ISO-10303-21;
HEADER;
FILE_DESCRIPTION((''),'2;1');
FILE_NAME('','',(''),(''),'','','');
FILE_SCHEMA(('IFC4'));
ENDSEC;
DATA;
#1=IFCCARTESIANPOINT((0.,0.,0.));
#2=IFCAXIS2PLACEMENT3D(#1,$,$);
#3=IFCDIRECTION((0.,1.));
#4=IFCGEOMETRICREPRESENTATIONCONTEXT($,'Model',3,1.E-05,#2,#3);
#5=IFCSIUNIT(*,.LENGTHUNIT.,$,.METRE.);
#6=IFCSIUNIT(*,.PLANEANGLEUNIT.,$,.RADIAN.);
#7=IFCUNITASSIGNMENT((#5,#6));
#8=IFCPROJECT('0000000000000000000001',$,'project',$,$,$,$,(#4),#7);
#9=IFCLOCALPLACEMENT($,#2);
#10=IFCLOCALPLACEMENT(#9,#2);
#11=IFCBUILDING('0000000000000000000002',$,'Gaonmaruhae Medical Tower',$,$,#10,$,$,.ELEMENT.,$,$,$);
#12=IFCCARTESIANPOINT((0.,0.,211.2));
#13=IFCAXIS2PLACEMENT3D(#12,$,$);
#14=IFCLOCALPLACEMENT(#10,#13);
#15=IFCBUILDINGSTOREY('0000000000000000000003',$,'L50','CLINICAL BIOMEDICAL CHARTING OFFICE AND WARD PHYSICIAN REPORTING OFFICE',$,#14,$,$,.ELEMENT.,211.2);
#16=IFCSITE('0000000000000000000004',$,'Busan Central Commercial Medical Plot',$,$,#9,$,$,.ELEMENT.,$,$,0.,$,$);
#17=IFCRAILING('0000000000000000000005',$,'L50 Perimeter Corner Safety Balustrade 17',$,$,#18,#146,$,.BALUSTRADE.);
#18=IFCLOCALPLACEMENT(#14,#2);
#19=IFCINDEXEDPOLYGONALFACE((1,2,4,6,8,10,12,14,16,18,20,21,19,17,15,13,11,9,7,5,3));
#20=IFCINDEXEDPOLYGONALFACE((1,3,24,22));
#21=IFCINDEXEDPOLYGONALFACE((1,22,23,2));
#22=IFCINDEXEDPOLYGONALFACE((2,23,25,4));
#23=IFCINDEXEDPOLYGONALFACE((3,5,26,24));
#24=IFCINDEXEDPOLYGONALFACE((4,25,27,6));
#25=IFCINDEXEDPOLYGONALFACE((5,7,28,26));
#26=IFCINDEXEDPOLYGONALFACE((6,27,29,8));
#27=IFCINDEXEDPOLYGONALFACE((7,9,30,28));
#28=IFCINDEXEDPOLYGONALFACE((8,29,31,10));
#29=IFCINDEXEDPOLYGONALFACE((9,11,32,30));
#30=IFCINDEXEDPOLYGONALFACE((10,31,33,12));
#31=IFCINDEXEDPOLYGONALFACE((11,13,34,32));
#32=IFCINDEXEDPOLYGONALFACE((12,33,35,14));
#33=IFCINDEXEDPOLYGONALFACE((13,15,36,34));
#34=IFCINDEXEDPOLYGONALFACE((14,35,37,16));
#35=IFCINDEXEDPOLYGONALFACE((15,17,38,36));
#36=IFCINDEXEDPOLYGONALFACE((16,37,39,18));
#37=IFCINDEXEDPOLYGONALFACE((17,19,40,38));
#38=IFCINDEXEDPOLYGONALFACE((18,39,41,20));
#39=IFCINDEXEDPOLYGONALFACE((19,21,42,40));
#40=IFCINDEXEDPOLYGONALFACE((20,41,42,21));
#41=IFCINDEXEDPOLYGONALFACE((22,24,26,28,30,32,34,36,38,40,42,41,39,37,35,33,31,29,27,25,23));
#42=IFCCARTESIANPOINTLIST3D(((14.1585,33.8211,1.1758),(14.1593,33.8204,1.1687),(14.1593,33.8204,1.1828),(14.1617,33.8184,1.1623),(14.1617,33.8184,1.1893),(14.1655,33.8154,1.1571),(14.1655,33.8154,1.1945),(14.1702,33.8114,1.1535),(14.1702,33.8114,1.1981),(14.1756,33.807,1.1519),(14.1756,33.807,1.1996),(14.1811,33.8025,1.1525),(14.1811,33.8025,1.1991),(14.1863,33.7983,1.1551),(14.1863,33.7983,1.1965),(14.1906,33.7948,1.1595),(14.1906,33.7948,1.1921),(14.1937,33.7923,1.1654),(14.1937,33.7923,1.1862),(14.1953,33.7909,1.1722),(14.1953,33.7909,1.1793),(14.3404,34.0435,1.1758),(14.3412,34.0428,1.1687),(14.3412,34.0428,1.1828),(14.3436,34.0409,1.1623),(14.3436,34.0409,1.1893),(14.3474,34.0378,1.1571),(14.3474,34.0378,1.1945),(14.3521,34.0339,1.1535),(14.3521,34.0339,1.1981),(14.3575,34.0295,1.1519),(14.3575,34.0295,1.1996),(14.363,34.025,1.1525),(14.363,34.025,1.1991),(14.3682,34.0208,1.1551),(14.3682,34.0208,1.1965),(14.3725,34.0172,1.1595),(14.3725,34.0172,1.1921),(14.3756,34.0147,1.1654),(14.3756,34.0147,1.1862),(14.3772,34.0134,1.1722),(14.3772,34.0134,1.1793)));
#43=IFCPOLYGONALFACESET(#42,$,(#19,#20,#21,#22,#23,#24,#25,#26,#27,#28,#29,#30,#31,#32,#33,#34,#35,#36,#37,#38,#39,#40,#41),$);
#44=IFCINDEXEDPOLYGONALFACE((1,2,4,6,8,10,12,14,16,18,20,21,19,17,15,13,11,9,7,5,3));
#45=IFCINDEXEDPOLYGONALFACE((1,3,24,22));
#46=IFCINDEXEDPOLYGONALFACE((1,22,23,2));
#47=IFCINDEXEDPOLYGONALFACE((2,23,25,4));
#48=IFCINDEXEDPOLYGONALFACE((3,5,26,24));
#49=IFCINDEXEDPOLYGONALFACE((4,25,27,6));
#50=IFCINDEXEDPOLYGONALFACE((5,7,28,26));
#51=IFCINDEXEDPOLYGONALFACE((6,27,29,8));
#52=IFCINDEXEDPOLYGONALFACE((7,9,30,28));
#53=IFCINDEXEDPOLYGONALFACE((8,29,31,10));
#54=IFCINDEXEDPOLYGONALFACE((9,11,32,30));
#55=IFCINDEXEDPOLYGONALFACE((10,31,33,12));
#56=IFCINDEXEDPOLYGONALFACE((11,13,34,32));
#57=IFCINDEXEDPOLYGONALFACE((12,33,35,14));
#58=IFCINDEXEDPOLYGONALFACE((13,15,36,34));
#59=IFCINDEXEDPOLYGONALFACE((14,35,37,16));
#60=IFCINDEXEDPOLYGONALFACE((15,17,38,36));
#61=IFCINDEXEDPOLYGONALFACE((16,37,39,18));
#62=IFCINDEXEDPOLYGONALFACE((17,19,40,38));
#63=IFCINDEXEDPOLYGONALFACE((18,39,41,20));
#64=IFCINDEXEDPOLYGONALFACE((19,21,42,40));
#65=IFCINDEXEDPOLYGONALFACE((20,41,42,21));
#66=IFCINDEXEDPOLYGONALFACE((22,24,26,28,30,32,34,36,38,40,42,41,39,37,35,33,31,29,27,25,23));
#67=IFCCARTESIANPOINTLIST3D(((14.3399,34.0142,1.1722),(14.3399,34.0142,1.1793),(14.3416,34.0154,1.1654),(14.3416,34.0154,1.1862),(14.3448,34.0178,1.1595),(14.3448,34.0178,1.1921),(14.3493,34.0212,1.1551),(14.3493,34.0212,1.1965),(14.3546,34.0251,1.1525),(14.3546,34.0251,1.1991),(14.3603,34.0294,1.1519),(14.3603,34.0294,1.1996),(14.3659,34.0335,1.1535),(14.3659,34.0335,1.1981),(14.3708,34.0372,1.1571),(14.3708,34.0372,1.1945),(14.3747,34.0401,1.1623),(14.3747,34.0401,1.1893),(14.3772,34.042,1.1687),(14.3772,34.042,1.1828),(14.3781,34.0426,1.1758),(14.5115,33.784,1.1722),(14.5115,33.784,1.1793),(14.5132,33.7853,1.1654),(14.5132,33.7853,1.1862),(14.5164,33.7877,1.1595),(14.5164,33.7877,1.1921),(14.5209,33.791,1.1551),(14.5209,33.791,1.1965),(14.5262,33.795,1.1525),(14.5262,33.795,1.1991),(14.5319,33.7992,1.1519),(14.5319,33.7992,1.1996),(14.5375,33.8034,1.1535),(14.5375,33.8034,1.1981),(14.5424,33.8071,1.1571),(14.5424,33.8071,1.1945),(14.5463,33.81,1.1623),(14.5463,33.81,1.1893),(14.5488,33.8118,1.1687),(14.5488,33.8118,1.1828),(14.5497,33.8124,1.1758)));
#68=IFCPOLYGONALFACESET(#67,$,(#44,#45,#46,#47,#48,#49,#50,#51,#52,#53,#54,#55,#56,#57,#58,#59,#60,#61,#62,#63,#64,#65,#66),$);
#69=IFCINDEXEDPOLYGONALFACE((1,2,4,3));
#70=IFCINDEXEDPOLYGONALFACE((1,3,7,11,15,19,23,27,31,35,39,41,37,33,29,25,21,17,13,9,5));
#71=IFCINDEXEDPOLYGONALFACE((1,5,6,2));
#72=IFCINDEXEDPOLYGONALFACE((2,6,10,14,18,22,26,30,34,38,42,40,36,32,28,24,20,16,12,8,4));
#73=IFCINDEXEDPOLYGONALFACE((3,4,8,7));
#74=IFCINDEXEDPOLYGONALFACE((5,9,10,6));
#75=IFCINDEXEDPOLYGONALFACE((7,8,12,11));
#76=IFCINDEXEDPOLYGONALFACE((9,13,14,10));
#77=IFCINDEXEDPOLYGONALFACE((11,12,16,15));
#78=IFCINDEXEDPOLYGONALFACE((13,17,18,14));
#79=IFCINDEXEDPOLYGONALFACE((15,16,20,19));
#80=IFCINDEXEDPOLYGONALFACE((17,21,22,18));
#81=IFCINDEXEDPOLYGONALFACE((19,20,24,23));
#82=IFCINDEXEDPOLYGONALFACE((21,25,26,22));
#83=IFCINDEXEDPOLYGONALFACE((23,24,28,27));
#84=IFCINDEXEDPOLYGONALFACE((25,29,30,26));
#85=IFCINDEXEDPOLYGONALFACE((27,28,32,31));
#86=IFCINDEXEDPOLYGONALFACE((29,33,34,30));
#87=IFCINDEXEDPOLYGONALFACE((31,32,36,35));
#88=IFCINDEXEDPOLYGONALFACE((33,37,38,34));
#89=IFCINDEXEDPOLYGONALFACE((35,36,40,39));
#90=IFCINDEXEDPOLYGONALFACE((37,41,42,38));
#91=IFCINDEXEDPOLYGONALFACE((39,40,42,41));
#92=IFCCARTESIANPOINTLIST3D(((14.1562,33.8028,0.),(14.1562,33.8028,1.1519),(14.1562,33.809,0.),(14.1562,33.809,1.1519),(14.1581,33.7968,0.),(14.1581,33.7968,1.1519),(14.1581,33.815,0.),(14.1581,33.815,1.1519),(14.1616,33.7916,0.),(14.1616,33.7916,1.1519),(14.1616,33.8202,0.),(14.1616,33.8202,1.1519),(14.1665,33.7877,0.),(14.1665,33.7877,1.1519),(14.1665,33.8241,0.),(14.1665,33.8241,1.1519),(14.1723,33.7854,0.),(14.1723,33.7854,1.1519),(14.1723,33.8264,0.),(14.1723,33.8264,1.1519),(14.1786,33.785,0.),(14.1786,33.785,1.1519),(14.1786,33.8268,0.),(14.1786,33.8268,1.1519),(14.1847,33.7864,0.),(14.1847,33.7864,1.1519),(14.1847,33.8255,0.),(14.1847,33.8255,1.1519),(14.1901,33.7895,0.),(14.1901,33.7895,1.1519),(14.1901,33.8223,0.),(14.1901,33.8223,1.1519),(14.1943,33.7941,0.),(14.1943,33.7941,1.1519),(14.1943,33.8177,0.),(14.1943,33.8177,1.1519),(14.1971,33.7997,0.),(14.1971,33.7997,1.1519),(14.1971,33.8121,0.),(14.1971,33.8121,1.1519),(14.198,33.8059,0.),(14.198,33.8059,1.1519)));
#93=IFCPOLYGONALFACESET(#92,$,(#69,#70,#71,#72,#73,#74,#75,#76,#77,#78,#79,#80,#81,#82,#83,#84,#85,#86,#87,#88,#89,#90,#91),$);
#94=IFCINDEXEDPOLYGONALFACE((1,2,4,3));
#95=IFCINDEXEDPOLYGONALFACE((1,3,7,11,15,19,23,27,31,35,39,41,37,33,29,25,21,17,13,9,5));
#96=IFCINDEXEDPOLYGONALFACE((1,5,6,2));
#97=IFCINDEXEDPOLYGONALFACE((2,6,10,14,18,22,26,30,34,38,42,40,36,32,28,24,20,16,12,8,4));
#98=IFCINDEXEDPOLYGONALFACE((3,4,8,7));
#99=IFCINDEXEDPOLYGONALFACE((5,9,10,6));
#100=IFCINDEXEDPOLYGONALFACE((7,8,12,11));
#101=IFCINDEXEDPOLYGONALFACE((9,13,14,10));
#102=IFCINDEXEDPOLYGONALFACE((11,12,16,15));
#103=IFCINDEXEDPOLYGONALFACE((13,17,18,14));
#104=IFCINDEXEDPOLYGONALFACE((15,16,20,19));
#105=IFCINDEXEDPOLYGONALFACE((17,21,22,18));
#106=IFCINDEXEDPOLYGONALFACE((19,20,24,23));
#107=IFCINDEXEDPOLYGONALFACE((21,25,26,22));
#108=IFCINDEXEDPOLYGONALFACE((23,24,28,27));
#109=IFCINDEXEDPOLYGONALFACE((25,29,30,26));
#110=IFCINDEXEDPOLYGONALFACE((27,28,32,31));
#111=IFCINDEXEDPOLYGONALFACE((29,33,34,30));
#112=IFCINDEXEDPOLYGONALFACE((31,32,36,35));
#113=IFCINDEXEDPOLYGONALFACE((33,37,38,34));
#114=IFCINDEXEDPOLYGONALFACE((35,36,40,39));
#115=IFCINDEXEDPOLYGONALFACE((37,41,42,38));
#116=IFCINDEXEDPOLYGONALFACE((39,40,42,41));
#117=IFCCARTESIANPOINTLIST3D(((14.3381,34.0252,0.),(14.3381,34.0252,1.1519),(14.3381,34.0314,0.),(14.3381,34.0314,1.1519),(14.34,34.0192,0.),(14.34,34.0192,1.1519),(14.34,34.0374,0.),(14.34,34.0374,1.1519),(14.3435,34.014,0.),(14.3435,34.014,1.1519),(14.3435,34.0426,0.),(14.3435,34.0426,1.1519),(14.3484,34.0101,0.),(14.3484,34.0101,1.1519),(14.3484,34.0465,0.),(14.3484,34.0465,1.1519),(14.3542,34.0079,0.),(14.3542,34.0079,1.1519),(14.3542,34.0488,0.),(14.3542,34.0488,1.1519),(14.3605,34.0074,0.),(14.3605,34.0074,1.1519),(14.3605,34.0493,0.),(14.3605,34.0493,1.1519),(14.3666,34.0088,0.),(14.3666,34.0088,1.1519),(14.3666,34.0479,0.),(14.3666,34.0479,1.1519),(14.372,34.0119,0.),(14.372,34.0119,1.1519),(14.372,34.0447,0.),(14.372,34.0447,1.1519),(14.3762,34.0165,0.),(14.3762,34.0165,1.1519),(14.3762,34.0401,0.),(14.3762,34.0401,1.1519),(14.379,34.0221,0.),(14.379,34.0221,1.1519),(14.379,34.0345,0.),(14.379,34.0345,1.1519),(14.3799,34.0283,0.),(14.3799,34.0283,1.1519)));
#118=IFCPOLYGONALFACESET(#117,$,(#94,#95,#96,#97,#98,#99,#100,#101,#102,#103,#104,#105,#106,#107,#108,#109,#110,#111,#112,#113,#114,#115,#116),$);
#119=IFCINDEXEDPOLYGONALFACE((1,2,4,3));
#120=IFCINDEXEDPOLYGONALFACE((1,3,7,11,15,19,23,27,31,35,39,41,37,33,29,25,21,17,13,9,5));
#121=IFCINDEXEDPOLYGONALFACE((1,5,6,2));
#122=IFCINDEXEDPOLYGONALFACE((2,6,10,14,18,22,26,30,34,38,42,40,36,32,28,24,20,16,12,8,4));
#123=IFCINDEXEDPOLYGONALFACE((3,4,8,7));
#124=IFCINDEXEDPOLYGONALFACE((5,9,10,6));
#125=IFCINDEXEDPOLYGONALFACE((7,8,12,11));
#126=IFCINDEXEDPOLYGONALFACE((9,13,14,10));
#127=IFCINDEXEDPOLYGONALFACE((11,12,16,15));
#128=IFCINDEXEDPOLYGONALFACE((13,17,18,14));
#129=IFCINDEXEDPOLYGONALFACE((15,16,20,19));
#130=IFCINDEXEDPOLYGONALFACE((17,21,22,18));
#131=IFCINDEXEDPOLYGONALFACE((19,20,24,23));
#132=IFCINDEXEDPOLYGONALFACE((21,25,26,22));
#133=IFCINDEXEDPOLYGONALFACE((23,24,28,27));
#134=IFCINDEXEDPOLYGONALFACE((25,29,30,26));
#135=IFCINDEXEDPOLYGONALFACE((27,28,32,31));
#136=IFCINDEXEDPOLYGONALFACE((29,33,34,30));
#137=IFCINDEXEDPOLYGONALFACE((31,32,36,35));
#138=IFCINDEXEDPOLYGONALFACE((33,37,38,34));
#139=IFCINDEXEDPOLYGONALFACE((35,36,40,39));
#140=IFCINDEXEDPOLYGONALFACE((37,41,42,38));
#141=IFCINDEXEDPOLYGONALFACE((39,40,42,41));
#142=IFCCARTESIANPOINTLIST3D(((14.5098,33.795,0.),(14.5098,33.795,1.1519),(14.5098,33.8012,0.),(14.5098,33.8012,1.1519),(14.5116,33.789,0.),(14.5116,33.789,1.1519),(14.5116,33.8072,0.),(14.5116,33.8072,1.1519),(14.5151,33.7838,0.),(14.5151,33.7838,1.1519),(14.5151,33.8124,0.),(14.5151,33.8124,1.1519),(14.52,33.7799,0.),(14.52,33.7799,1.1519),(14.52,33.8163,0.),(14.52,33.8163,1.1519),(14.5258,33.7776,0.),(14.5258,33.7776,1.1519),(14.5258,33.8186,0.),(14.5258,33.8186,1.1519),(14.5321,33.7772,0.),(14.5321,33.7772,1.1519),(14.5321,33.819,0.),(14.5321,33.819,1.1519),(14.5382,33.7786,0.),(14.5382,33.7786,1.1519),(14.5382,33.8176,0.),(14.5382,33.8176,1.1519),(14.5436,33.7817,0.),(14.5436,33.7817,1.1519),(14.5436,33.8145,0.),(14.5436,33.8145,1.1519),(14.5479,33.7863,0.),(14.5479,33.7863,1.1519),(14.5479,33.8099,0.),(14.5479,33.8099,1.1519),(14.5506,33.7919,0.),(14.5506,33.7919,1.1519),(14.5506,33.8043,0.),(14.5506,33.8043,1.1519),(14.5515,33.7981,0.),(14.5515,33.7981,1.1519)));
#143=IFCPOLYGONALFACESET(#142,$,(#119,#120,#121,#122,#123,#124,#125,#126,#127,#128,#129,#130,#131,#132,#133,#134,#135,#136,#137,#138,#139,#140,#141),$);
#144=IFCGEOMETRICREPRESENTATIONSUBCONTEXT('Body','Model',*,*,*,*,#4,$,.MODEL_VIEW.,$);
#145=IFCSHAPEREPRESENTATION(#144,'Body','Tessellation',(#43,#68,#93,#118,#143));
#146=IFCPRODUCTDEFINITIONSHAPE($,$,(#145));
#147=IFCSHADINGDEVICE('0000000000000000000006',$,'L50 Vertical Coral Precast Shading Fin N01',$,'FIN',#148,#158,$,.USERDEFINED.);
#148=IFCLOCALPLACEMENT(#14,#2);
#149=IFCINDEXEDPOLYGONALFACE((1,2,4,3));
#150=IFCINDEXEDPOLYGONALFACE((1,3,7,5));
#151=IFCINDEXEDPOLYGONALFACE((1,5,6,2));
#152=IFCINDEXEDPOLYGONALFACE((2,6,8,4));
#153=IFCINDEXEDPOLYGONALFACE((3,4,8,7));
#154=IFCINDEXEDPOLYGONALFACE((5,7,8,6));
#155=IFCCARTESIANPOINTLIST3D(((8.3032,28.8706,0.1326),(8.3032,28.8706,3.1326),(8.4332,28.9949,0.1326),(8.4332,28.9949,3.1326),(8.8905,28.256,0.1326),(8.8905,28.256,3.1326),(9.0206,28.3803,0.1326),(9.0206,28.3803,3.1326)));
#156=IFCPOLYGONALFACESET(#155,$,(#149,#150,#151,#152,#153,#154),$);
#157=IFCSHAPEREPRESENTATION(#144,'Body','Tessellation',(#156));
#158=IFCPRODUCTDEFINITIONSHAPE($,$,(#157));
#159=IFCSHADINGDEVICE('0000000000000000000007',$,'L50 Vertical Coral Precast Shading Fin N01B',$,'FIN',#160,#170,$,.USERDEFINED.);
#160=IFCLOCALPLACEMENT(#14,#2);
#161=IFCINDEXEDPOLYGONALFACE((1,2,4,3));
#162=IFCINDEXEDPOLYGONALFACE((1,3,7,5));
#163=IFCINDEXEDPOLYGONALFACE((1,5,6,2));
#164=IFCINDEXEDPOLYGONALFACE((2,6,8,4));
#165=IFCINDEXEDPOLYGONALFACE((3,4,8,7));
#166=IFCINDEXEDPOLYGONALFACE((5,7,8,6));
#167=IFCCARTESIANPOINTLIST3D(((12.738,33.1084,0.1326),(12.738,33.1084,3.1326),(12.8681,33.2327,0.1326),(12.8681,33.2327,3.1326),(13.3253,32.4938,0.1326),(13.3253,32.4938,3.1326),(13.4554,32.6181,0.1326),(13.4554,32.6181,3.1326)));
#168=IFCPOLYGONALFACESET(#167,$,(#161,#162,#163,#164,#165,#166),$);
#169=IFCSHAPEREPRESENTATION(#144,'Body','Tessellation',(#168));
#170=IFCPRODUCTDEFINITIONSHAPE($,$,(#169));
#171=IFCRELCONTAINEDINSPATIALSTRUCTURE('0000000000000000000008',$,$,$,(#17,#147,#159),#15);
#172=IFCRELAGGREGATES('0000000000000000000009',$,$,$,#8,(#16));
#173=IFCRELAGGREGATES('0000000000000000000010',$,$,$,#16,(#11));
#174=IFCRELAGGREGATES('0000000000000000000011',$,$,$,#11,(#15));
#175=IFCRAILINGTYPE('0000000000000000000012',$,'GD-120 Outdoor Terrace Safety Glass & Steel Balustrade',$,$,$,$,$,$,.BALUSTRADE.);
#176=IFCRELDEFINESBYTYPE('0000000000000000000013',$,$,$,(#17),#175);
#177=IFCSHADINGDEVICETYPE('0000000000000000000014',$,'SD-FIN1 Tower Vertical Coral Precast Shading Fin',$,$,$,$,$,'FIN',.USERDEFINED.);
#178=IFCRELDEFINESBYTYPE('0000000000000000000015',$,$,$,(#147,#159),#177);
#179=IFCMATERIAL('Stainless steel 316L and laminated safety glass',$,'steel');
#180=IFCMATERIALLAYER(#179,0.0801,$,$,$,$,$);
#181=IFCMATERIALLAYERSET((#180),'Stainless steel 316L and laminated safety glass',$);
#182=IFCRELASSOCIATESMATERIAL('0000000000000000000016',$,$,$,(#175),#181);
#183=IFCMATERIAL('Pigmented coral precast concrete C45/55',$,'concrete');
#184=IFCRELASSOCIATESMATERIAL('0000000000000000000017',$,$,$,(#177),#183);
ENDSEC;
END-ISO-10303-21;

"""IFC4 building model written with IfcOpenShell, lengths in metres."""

from ifc_helpers import new_model, si_unit, direction, frame, origin, origin_2d, place, context, subcontext, project, spatial, rectangle, circle, extrude, material, layer, layer_set, type_object, element, save


model = new_model("IFC4")

# Units and contexts
model_context = context("Model", 3, precision=1e-05, world=origin(), true_north=direction((0.0, 1.0)))
body_context = subcontext(model_context, "Body", "Model", "MODEL_VIEW")
ifc_project = project(units=[si_unit("LENGTHUNIT", "METRE"), si_unit("PLANEANGLEUNIT", "RADIAN")], contexts=[model_context])

# Site, building, storey
site_placement = place(None, origin())
site = spatial("IfcSite", under=ifc_project, at=site_placement, Name="Busan Central Commercial Medical Plot", CompositionType="ELEMENT", RefElevation=0.0)
building_placement = place(site_placement, origin())
building = spatial("IfcBuilding", under=site, at=building_placement, Name="Gaonmaruhae Medical Tower", CompositionType="ELEMENT")
storey_placement = place(building_placement, frame((0.0, 0.0, 211.2)))
storey = spatial("IfcBuildingStorey", under=building, at=storey_placement, Name="L50", Description="CLINICAL BIOMEDICAL CHARTING OFFICE AND WARD PHYSICIAN REPORTING OFFICE", CompositionType="ELEMENT", Elevation=211.2)

# Railing
ifc_material_1 = material(Name="Stainless steel 316L and laminated safety glass", Category="steel")
ifc_layer_1 = layer(ifc_material_1, 0.0801)
ifc_layer_set_1 = layer_set([ifc_layer_1], Name="Stainless steel 316L and laminated safety glass")
railing_type = type_object("IfcRailingType", Name="GD-120 Outdoor Terrace Safety Glass & Steel Balustrade", PredefinedType="BALUSTRADE", material=ifc_layer_set_1)
railing_1_placement = place(storey_placement, frame((14.177, 33.8059, 0.0)))
element("IfcRailing", 1, at=railing_1_placement, inside=storey, type_object=railing_type, Name="L50 Perimeter Corner Safety Balustrade 17", PredefinedType="BALUSTRADE", context=body_context, shape_type="SweptSolid", body=[
    extrude(circle(Radius=0.0239, at=origin_2d()), frame((0.0, 0.0, 1.1758), z_axis=(0.633053, 0.774109, 0.0), x_axis=(-0.774109, 0.633053, 0.0)), (0.0, 0.0, 1.0), 0.2874),
    extrude(circle(Radius=0.0239, at=origin_2d()), frame((0.1819, 0.2224, 1.1758), z_axis=(0.597685, -0.801731, 0.0), x_axis=(0.801731, 0.597685, 0.0)), (0.0, 0.0, 1.0), 0.2871),
    extrude(circle(Radius=0.021, at=origin_2d()), origin(), (0.0, 0.0, 1.0), 1.1519),
    extrude(circle(Radius=0.021, at=origin_2d()), frame((0.1819, 0.2224, 0.0)), (0.0, 0.0, 1.0), 1.1519),
    extrude(circle(Radius=0.021, at=origin_2d()), frame((0.3535, -0.0078, 0.0)), (0.0, 0.0, 1.0), 1.1519),
])

# Shading devices
ifc_material_2 = material(Name="Pigmented coral precast concrete C45/55", Category="concrete")
shading_device_type = type_object("IfcShadingDeviceType", Name="SD-FIN1 Tower Vertical Coral Precast Shading Fin", ElementType="FIN", PredefinedType="USERDEFINED", material=ifc_material_2)
for number, where, z_axis, x_axis, name in (
    (2, (8.6619, 28.6255, 0.1326), (0.0, 0.0, 1.0), (0.722967, 0.690882, 0.0), "L50 Vertical Coral Precast Shading Fin N01"),
    (3, (13.0967, 32.8633, 0.1326), (0.0, 0.0, 1.0), (0.722967, 0.690882, 0.0), "L50 Vertical Coral Precast Shading Fin N01B"),
):
    element("IfcShadingDevice", number, at=place(storey_placement, frame(where, z_axis=z_axis, x_axis=x_axis)), inside=storey, type_object=shading_device_type, Name=name, ObjectType="FIN", PredefinedType="USERDEFINED", context=body_context, shape_type="SweptSolid", body=[
        extrude(rectangle(XDim=0.1799, YDim=0.8501, at=origin_2d()), origin(), (0.0, 0.0, 1.0), 3.0),
    ])

save(model, "model.ifc")
